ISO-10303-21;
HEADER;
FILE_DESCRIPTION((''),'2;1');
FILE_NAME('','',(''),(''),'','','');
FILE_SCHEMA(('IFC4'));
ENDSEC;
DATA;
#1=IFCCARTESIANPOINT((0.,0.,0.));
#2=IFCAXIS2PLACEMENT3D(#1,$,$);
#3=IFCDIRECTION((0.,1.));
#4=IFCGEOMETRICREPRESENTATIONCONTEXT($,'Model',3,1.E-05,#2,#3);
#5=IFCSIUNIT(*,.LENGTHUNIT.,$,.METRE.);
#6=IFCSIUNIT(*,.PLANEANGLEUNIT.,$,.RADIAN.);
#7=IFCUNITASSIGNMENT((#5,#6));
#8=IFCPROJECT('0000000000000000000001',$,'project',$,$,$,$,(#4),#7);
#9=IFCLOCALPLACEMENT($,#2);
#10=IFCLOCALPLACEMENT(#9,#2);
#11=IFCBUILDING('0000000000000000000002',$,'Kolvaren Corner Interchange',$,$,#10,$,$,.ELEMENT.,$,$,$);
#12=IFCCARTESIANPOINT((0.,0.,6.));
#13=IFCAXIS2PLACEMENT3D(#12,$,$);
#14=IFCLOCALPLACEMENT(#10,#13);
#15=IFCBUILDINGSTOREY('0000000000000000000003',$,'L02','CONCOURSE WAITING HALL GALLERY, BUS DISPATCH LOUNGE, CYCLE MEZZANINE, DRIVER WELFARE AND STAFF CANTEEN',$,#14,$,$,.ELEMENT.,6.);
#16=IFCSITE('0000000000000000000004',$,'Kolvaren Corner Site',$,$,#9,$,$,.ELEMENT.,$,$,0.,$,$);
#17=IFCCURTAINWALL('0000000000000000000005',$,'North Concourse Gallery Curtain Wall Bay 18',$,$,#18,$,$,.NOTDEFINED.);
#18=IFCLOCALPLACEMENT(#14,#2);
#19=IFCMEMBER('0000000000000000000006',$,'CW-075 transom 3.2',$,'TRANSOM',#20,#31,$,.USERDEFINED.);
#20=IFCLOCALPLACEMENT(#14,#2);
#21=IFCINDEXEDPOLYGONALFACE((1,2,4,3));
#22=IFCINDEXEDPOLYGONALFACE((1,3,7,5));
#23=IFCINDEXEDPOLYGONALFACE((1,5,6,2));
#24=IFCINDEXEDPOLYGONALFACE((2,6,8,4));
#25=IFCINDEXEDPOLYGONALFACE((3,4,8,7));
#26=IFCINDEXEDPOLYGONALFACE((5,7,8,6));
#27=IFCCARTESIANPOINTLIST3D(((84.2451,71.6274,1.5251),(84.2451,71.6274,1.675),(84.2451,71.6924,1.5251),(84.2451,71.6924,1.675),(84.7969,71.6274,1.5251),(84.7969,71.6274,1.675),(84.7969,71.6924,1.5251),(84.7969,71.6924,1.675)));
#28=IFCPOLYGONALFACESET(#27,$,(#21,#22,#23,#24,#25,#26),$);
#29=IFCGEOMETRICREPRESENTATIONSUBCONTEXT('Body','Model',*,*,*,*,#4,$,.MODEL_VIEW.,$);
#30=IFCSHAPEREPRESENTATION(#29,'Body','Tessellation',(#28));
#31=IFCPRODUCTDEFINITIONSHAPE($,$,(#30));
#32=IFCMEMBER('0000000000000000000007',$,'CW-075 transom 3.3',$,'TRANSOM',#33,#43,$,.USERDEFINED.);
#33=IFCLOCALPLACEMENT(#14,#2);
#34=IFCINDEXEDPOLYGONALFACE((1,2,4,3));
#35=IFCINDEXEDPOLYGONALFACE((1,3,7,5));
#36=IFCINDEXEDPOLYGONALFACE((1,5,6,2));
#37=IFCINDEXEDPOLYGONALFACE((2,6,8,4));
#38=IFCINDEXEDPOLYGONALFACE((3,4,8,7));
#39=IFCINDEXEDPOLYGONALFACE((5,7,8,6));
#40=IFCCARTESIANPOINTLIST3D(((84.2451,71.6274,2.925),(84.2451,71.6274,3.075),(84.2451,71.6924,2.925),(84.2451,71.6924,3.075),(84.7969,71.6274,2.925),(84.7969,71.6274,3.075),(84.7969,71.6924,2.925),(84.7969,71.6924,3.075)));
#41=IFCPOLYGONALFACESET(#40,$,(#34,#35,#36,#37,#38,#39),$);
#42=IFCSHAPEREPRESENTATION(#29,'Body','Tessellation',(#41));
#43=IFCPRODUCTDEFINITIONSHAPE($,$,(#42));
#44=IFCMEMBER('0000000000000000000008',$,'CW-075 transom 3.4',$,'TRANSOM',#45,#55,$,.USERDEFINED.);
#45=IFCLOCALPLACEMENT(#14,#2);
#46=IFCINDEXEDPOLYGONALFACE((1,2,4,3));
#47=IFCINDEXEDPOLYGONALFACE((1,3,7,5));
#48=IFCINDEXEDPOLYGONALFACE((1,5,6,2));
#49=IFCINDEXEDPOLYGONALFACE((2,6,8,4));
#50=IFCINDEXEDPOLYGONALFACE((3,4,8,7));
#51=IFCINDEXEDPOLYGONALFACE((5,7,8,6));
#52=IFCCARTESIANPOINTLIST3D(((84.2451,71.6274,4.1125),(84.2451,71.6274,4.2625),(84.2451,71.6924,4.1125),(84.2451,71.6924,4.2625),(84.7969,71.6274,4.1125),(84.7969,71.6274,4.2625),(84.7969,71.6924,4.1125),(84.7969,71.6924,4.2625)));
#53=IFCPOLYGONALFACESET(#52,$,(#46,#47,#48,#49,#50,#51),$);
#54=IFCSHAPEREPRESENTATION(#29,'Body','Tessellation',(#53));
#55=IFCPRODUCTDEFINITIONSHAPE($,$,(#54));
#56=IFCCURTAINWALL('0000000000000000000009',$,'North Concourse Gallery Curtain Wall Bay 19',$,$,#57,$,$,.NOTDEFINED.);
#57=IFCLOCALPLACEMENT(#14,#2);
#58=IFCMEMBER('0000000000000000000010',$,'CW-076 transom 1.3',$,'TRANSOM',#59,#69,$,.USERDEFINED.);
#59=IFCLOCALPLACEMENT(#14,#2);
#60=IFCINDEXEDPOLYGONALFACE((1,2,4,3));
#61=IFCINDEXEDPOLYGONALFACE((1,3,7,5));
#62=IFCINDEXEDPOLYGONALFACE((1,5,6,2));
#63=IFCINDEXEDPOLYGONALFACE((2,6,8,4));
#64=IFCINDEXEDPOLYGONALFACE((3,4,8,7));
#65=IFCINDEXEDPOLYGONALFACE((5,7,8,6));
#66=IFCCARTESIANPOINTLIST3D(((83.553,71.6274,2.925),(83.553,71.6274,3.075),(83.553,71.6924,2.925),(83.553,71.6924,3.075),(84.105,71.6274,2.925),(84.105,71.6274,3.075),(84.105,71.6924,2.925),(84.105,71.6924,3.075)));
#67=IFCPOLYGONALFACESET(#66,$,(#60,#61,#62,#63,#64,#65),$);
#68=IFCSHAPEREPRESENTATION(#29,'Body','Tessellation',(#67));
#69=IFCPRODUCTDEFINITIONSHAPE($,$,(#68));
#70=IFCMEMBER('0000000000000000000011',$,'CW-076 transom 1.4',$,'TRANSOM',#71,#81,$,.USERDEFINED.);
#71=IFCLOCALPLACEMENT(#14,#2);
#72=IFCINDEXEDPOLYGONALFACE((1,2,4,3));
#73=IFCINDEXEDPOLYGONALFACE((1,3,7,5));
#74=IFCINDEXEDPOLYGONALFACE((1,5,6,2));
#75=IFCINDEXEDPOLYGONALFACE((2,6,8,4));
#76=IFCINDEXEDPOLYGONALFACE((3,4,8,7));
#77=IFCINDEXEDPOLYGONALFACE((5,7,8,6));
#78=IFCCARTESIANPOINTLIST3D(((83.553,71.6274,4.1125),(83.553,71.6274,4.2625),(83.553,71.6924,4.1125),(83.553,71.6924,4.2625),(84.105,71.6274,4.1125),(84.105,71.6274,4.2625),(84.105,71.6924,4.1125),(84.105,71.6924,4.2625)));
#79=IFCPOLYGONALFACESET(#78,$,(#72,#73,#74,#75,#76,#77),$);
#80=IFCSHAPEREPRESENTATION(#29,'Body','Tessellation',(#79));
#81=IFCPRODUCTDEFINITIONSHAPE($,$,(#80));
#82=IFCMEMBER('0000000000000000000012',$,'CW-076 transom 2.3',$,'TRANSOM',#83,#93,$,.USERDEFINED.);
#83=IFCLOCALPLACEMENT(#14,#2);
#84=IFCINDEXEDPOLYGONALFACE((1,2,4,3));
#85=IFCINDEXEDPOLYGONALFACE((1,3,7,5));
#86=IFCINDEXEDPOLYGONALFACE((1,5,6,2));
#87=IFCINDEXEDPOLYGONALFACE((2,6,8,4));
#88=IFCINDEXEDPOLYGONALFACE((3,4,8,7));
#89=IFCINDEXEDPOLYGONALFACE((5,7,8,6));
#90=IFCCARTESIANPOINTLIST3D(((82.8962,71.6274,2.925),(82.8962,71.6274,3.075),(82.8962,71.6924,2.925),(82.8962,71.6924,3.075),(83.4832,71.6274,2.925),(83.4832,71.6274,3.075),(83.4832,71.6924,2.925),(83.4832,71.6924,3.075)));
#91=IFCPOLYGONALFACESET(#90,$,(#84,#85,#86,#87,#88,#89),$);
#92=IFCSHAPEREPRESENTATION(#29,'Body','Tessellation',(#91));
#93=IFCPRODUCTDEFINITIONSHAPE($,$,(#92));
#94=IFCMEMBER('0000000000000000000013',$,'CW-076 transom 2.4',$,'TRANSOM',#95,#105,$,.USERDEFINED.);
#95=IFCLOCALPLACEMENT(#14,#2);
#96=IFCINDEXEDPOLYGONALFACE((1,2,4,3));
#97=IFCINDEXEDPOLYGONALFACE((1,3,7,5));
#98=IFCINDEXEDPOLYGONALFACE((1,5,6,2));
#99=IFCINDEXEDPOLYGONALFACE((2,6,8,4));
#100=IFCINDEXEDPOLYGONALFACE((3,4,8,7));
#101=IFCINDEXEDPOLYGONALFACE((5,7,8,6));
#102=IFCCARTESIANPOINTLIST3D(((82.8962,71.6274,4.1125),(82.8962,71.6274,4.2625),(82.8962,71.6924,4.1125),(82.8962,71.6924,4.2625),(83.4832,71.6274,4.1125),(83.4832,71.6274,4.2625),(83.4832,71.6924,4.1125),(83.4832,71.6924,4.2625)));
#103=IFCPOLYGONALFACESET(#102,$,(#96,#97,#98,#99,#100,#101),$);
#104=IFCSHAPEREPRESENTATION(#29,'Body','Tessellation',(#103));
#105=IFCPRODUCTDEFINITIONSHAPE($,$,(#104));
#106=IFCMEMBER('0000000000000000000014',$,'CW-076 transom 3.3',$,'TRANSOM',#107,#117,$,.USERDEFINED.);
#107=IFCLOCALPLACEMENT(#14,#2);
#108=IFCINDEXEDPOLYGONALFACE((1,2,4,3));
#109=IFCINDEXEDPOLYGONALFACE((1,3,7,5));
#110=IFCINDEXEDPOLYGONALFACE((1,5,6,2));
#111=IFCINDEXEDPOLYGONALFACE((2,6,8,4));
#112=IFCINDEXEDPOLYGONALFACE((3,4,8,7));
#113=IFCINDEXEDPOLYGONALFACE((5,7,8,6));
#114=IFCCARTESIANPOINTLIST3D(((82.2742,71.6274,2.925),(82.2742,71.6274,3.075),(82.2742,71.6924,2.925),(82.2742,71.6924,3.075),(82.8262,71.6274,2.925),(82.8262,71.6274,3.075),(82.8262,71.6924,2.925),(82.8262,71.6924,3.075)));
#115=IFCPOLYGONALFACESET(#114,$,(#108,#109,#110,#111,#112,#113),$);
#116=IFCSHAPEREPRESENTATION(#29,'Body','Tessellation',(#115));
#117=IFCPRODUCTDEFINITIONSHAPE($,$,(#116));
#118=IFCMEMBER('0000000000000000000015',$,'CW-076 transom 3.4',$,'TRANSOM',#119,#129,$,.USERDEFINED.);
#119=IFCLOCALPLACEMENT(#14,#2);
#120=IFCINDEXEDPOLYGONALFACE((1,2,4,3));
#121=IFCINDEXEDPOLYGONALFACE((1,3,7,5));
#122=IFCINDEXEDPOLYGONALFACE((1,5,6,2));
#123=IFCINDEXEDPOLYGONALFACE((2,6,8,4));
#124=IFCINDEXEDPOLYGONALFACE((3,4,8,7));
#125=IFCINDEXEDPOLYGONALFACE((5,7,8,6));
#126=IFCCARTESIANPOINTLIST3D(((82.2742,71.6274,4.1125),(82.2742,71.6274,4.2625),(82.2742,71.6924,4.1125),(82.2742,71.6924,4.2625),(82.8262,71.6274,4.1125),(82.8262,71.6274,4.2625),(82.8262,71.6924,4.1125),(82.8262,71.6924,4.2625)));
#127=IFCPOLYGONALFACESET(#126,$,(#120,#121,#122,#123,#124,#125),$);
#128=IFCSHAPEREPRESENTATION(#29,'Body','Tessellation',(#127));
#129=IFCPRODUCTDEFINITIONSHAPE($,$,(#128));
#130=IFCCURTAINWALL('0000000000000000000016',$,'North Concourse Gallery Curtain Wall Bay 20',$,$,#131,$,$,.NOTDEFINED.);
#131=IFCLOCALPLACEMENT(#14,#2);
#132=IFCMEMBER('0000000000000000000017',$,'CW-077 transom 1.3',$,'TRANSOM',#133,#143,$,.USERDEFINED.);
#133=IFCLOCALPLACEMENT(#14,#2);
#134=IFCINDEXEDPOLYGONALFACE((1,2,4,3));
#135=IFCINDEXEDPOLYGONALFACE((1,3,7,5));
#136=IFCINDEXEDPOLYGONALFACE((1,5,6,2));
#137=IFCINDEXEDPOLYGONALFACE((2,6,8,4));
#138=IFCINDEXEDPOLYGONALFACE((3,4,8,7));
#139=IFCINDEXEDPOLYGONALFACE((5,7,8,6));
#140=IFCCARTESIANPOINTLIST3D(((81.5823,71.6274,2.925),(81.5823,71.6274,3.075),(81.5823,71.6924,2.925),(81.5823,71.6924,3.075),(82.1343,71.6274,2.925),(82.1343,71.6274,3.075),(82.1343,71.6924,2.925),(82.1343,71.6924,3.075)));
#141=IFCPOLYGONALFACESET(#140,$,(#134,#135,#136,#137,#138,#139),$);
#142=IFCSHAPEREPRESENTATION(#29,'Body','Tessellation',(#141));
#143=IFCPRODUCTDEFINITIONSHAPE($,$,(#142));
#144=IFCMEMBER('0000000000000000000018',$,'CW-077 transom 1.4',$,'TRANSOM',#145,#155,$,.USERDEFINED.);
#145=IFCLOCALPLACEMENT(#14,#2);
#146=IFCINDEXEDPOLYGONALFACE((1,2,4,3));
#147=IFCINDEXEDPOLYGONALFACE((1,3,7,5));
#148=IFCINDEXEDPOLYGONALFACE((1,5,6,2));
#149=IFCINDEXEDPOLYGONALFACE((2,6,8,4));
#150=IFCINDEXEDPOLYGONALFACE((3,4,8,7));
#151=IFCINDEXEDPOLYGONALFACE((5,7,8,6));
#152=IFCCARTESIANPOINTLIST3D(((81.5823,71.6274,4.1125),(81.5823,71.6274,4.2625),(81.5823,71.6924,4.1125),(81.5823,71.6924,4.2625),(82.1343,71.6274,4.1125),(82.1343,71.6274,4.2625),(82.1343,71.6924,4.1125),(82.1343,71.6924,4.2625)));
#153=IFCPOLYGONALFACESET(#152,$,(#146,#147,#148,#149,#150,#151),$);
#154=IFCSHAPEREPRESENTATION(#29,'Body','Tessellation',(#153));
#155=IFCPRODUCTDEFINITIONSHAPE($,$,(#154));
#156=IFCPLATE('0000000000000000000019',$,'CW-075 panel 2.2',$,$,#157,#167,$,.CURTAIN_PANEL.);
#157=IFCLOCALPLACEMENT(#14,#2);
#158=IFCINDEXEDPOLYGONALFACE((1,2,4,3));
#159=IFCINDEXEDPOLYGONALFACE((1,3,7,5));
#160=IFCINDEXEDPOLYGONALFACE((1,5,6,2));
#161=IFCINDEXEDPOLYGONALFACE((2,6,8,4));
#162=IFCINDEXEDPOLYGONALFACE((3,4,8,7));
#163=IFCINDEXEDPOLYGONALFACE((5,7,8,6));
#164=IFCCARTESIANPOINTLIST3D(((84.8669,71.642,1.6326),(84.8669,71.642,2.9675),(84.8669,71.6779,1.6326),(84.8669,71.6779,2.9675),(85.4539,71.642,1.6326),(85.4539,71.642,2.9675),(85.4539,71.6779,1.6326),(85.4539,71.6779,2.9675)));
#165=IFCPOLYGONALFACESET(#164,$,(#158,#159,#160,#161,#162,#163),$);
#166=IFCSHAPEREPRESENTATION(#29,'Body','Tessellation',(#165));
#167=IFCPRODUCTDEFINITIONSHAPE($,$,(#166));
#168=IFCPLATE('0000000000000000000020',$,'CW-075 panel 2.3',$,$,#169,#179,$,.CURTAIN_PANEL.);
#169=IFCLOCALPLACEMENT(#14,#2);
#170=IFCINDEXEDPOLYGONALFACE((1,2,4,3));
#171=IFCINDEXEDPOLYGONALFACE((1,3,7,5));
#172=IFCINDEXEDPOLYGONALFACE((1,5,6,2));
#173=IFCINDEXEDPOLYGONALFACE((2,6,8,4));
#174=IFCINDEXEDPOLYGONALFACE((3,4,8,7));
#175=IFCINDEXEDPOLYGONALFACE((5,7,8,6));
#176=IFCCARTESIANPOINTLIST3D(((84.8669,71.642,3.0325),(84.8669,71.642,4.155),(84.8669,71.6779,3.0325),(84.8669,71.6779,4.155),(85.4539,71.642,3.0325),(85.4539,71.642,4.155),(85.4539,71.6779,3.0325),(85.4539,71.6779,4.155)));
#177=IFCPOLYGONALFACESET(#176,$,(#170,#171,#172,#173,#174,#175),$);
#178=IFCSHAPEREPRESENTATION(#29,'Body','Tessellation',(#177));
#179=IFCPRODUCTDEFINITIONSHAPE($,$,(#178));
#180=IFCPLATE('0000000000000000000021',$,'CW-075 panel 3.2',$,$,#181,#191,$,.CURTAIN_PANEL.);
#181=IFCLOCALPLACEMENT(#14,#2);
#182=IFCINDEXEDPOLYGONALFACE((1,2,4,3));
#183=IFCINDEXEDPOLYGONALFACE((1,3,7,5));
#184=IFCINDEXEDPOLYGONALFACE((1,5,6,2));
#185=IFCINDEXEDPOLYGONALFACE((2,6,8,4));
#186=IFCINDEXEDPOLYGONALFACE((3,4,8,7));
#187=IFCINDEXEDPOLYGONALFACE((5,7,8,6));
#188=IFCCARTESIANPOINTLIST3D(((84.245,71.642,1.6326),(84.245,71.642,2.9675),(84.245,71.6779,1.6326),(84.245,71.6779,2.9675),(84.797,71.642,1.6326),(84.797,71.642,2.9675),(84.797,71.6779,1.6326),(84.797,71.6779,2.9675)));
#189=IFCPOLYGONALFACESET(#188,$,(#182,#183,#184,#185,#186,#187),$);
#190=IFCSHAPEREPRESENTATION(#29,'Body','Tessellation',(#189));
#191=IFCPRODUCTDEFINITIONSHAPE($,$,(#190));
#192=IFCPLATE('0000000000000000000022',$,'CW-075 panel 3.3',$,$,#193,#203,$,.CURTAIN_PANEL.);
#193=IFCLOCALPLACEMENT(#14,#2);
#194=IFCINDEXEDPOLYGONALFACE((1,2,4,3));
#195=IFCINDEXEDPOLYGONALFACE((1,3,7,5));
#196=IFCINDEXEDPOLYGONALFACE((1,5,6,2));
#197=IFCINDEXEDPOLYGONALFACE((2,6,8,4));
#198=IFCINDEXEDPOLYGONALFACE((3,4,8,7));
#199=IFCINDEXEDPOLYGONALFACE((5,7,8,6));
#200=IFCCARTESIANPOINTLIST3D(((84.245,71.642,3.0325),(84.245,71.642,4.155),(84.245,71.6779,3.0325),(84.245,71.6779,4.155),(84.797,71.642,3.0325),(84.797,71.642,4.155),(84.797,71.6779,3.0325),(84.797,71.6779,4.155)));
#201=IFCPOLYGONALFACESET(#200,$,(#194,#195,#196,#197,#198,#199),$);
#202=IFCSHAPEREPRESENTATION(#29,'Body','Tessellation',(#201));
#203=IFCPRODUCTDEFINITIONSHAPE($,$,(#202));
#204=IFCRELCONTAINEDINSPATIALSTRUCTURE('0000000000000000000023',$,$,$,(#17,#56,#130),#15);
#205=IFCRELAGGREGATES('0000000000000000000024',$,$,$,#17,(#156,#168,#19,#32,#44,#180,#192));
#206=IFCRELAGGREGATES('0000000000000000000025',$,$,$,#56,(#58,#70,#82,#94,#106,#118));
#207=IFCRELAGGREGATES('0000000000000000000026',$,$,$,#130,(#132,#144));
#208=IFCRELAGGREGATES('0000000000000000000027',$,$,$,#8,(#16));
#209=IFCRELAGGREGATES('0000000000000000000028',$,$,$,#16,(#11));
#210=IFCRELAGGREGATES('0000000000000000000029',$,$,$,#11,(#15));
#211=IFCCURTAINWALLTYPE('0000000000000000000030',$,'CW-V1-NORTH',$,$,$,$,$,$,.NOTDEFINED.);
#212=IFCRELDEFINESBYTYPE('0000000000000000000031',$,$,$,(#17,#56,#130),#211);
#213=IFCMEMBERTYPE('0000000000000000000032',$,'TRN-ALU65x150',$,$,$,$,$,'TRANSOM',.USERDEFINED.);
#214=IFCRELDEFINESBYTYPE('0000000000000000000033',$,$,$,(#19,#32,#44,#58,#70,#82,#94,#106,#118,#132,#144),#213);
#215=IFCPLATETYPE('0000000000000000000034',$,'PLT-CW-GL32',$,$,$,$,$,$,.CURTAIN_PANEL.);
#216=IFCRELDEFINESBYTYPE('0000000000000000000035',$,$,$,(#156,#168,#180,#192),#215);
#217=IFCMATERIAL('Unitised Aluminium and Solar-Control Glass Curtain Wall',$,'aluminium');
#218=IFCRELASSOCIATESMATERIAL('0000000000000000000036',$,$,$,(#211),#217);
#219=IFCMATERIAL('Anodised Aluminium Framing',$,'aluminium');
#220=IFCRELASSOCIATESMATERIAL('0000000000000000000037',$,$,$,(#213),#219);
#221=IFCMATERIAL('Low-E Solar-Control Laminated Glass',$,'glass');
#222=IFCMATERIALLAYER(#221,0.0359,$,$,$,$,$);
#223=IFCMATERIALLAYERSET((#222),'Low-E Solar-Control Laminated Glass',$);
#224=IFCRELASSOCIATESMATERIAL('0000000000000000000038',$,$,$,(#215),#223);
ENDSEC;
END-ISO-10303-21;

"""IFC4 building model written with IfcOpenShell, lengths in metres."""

from ifc_helpers import new_model, si_unit, direction, frame, origin, origin_2d, place, context, subcontext, project, spatial, rectangle, extrude, material, layer, layer_set, material_profile, profile_set, type_object, element, aggregate, save


model = new_model("IFC4")

# Units and contexts
model_context = context("Model", 3, precision=1e-05, world=origin(), true_north=direction((0.0, 1.0)))
body_context = subcontext(model_context, "Body", "Model", "MODEL_VIEW")
ifc_project = project(units=[si_unit("LENGTHUNIT", "METRE"), si_unit("PLANEANGLEUNIT", "RADIAN")], contexts=[model_context])

# Site, building, storey
site_placement = place(None, origin())
site = spatial("IfcSite", under=ifc_project, at=site_placement, Name="Kolvaren Corner Site", CompositionType="ELEMENT", RefElevation=0.0)
building_placement = place(site_placement, origin())
building = spatial("IfcBuilding", under=site, at=building_placement, Name="Kolvaren Corner Interchange", CompositionType="ELEMENT")
storey_placement = place(building_placement, frame((0.0, 0.0, 6.0)))
storey = spatial("IfcBuildingStorey", under=building, at=storey_placement, Name="L02", Description="CONCOURSE WAITING HALL GALLERY, BUS DISPATCH LOUNGE, CYCLE MEZZANINE, DRIVER WELFARE AND STAFF CANTEEN", CompositionType="ELEMENT", Elevation=6.0)

# Curtain walls, members
ifc_material_1 = material(Name="Unitised Aluminium and Solar-Control Glass Curtain Wall", Category="aluminium")
curtain_wall_type = type_object("IfcCurtainWallType", Name="CW-V1-NORTH", PredefinedType="NOTDEFINED", material=ifc_material_1)
curtain_wall_1_placement = place(storey_placement, origin())
curtain_wall_1 = element("IfcCurtainWall", 1, at=curtain_wall_1_placement, inside=storey, type_object=curtain_wall_type, Name="North Concourse Gallery Curtain Wall Bay 18", PredefinedType="NOTDEFINED")
ifc_material_2 = material(Name="Anodised Aluminium Framing", Category="aluminium")
ifc_material_profile = material_profile(ifc_material_2, rectangle(XDim=0.0649, YDim=0.1499, at=origin_2d()), Name="ALU 65x150")
ifc_profile_set = profile_set([ifc_material_profile], Name="Anodised Aluminium Framing")
member_type = type_object("IfcMemberType", Name="TRN-ALU65x150", ElementType="TRANSOM", PredefinedType="USERDEFINED", material=ifc_profile_set)
member_1_placement = place(storey_placement, frame((84.7969, 71.6599, 1.6001), z_axis=(-1.0, 0.0, 0.0), x_axis=(0.0, -1.0, 0.0)))
member_1 = element("IfcMember", 2, at=member_1_placement, type_object=member_type, Name="CW-075 transom 3.2", ObjectType="TRANSOM", PredefinedType="USERDEFINED", context=body_context, shape_type="SweptSolid", body=[
    extrude(rectangle(XDim=0.0649, YDim=0.1499, at=origin_2d()), origin(), (0.0, 0.0, 1.0), 0.5518),
])
member_2_placement = place(storey_placement, frame((84.7969, 71.6599, 3.0), z_axis=(-1.0, 0.0, 0.0), x_axis=(0.0, -1.0, 0.0)))
member_2 = element("IfcMember", 3, at=member_2_placement, type_object=member_type, Name="CW-075 transom 3.3", ObjectType="TRANSOM", PredefinedType="USERDEFINED", context=body_context, shape_type="SweptSolid", body=[
    extrude(rectangle(XDim=0.0649, YDim=0.1499, at=origin_2d()), origin(), (0.0, 0.0, 1.0), 0.5518),
])
member_3_placement = place(storey_placement, frame((84.7969, 71.6599, 4.1875), z_axis=(-1.0, 0.0, 0.0), x_axis=(0.0, -1.0, 0.0)))
member_3 = element("IfcMember", 4, at=member_3_placement, type_object=member_type, Name="CW-075 transom 3.4", ObjectType="TRANSOM", PredefinedType="USERDEFINED", context=body_context, shape_type="SweptSolid", body=[
    extrude(rectangle(XDim=0.0649, YDim=0.1499, at=origin_2d()), origin(), (0.0, 0.0, 1.0), 0.5518),
])
curtain_wall_2_placement = place(storey_placement, origin())
curtain_wall_2 = element("IfcCurtainWall", 5, at=curtain_wall_2_placement, inside=storey, type_object=curtain_wall_type, Name="North Concourse Gallery Curtain Wall Bay 19", PredefinedType="NOTDEFINED")
member_4_placement = place(storey_placement, frame((84.105, 71.6599, 3.0), z_axis=(-1.0, 0.0, 0.0), x_axis=(0.0, -1.0, 0.0)))
member_4 = element("IfcMember", 6, at=member_4_placement, type_object=member_type, Name="CW-076 transom 1.3", ObjectType="TRANSOM", PredefinedType="USERDEFINED", context=body_context, shape_type="SweptSolid", body=[
    extrude(rectangle(XDim=0.0649, YDim=0.1499, at=origin_2d()), origin(), (0.0, 0.0, 1.0), 0.552),
])
member_5_placement = place(storey_placement, frame((84.105, 71.6599, 4.1875), z_axis=(-1.0, 0.0, 0.0), x_axis=(0.0, -1.0, 0.0)))
member_5 = element("IfcMember", 7, at=member_5_placement, type_object=member_type, Name="CW-076 transom 1.4", ObjectType="TRANSOM", PredefinedType="USERDEFINED", context=body_context, shape_type="SweptSolid", body=[
    extrude(rectangle(XDim=0.0649, YDim=0.1499, at=origin_2d()), origin(), (0.0, 0.0, 1.0), 0.552),
])
member_6_placement = place(storey_placement, frame((83.4832, 71.6599, 3.0), z_axis=(-1.0, 0.0, 0.0), x_axis=(0.0, -1.0, 0.0)))
member_6 = element("IfcMember", 8, at=member_6_placement, type_object=member_type, Name="CW-076 transom 2.3", ObjectType="TRANSOM", PredefinedType="USERDEFINED", context=body_context, shape_type="SweptSolid", body=[
    extrude(rectangle(XDim=0.0649, YDim=0.1499, at=origin_2d()), origin(), (0.0, 0.0, 1.0), 0.5869),
])
member_7_placement = place(storey_placement, frame((83.4832, 71.6599, 4.1875), z_axis=(-1.0, 0.0, 0.0), x_axis=(0.0, -1.0, 0.0)))
member_7 = element("IfcMember", 9, at=member_7_placement, type_object=member_type, Name="CW-076 transom 2.4", ObjectType="TRANSOM", PredefinedType="USERDEFINED", context=body_context, shape_type="SweptSolid", body=[
    extrude(rectangle(XDim=0.0649, YDim=0.1499, at=origin_2d()), origin(), (0.0, 0.0, 1.0), 0.5869),
])
member_8_placement = place(storey_placement, frame((82.8262, 71.6599, 3.0), z_axis=(-1.0, 0.0, 0.0), x_axis=(0.0, -1.0, 0.0)))
member_8 = element("IfcMember", 10, at=member_8_placement, type_object=member_type, Name="CW-076 transom 3.3", ObjectType="TRANSOM", PredefinedType="USERDEFINED", context=body_context, shape_type="SweptSolid", body=[
    extrude(rectangle(XDim=0.0649, YDim=0.1499, at=origin_2d()), origin(), (0.0, 0.0, 1.0), 0.552),
])
member_9_placement = place(storey_placement, frame((82.8262, 71.6599, 4.1875), z_axis=(-1.0, 0.0, 0.0), x_axis=(0.0, -1.0, 0.0)))
member_9 = element("IfcMember", 11, at=member_9_placement, type_object=member_type, Name="CW-076 transom 3.4", ObjectType="TRANSOM", PredefinedType="USERDEFINED", context=body_context, shape_type="SweptSolid", body=[
    extrude(rectangle(XDim=0.0649, YDim=0.1499, at=origin_2d()), origin(), (0.0, 0.0, 1.0), 0.552),
])
curtain_wall_3_placement = place(storey_placement, origin())
curtain_wall_3 = element("IfcCurtainWall", 12, at=curtain_wall_3_placement, inside=storey, type_object=curtain_wall_type, Name="North Concourse Gallery Curtain Wall Bay 20", PredefinedType="NOTDEFINED")
member_10_placement = place(storey_placement, frame((82.1343, 71.6599, 3.0), z_axis=(-1.0, 0.0, 0.0), x_axis=(0.0, -1.0, 0.0)))
member_10 = element("IfcMember", 13, at=member_10_placement, type_object=member_type, Name="CW-077 transom 1.3", ObjectType="TRANSOM", PredefinedType="USERDEFINED", context=body_context, shape_type="SweptSolid", body=[
    extrude(rectangle(XDim=0.0649, YDim=0.1499, at=origin_2d()), origin(), (0.0, 0.0, 1.0), 0.552),
])
member_11_placement = place(storey_placement, frame((82.1343, 71.6599, 4.1875), z_axis=(-1.0, 0.0, 0.0), x_axis=(0.0, -1.0, 0.0)))
member_11 = element("IfcMember", 14, at=member_11_placement, type_object=member_type, Name="CW-077 transom 1.4", ObjectType="TRANSOM", PredefinedType="USERDEFINED", context=body_context, shape_type="SweptSolid", body=[
    extrude(rectangle(XDim=0.0649, YDim=0.1499, at=origin_2d()), origin(), (0.0, 0.0, 1.0), 0.552),
])

# Plates
ifc_material_3 = material(Name="Low-E Solar-Control Laminated Glass", Category="glass")
ifc_layer = layer(ifc_material_3, 0.0359)
ifc_layer_set = layer_set([ifc_layer], Name="Low-E Solar-Control Laminated Glass")
plate_type = type_object("IfcPlateType", Name="PLT-CW-GL32", PredefinedType="CURTAIN_PANEL", material=ifc_layer_set)
plate_1_placement = place(storey_placement, frame((85.1604, 71.6599, 1.6326), z_axis=(0.0, 0.0, 1.0), x_axis=(-1.0, 0.0, 0.0)))
plate_1 = element("IfcPlate", 15, at=plate_1_placement, type_object=plate_type, Name="CW-075 panel 2.2", PredefinedType="CURTAIN_PANEL", context=body_context, shape_type="SweptSolid", body=[
    extrude(rectangle(XDim=0.5869, YDim=0.0359, at=origin_2d()), origin(), (0.0, 0.0, 1.0), 1.335),
])
plate_2_placement = place(storey_placement, frame((85.1604, 71.6599, 3.0325), z_axis=(0.0, 0.0, 1.0), x_axis=(-1.0, 0.0, 0.0)))
plate_2 = element("IfcPlate", 16, at=plate_2_placement, type_object=plate_type, Name="CW-075 panel 2.3", PredefinedType="CURTAIN_PANEL", context=body_context, shape_type="SweptSolid", body=[
    extrude(rectangle(XDim=0.5869, YDim=0.0359, at=origin_2d()), origin(), (0.0, 0.0, 1.0), 1.1226),
])
plate_3_placement = place(storey_placement, frame((84.521, 71.6599, 1.6326), z_axis=(0.0, 0.0, 1.0), x_axis=(-1.0, 0.0, 0.0)))
plate_3 = element("IfcPlate", 17, at=plate_3_placement, type_object=plate_type, Name="CW-075 panel 3.2", PredefinedType="CURTAIN_PANEL", context=body_context, shape_type="SweptSolid", body=[
    extrude(rectangle(XDim=0.552, YDim=0.0359, at=origin_2d()), origin(), (0.0, 0.0, 1.0), 1.335),
])
plate_4_placement = place(storey_placement, frame((84.521, 71.6599, 3.0325), z_axis=(0.0, 0.0, 1.0), x_axis=(-1.0, 0.0, 0.0)))
plate_4 = element("IfcPlate", 18, at=plate_4_placement, type_object=plate_type, Name="CW-075 panel 3.3", PredefinedType="CURTAIN_PANEL", context=body_context, shape_type="SweptSolid", body=[
    extrude(rectangle(XDim=0.552, YDim=0.0359, at=origin_2d()), origin(), (0.0, 0.0, 1.0), 1.1226),
])
aggregate(curtain_wall_1, [plate_1, plate_2, member_1, member_2, member_3, plate_3, plate_4])
aggregate(curtain_wall_2, [member_4, member_5, member_6, member_7, member_8, member_9])
aggregate(curtain_wall_3, [member_10, member_11])

save(model, "model.ifc")
